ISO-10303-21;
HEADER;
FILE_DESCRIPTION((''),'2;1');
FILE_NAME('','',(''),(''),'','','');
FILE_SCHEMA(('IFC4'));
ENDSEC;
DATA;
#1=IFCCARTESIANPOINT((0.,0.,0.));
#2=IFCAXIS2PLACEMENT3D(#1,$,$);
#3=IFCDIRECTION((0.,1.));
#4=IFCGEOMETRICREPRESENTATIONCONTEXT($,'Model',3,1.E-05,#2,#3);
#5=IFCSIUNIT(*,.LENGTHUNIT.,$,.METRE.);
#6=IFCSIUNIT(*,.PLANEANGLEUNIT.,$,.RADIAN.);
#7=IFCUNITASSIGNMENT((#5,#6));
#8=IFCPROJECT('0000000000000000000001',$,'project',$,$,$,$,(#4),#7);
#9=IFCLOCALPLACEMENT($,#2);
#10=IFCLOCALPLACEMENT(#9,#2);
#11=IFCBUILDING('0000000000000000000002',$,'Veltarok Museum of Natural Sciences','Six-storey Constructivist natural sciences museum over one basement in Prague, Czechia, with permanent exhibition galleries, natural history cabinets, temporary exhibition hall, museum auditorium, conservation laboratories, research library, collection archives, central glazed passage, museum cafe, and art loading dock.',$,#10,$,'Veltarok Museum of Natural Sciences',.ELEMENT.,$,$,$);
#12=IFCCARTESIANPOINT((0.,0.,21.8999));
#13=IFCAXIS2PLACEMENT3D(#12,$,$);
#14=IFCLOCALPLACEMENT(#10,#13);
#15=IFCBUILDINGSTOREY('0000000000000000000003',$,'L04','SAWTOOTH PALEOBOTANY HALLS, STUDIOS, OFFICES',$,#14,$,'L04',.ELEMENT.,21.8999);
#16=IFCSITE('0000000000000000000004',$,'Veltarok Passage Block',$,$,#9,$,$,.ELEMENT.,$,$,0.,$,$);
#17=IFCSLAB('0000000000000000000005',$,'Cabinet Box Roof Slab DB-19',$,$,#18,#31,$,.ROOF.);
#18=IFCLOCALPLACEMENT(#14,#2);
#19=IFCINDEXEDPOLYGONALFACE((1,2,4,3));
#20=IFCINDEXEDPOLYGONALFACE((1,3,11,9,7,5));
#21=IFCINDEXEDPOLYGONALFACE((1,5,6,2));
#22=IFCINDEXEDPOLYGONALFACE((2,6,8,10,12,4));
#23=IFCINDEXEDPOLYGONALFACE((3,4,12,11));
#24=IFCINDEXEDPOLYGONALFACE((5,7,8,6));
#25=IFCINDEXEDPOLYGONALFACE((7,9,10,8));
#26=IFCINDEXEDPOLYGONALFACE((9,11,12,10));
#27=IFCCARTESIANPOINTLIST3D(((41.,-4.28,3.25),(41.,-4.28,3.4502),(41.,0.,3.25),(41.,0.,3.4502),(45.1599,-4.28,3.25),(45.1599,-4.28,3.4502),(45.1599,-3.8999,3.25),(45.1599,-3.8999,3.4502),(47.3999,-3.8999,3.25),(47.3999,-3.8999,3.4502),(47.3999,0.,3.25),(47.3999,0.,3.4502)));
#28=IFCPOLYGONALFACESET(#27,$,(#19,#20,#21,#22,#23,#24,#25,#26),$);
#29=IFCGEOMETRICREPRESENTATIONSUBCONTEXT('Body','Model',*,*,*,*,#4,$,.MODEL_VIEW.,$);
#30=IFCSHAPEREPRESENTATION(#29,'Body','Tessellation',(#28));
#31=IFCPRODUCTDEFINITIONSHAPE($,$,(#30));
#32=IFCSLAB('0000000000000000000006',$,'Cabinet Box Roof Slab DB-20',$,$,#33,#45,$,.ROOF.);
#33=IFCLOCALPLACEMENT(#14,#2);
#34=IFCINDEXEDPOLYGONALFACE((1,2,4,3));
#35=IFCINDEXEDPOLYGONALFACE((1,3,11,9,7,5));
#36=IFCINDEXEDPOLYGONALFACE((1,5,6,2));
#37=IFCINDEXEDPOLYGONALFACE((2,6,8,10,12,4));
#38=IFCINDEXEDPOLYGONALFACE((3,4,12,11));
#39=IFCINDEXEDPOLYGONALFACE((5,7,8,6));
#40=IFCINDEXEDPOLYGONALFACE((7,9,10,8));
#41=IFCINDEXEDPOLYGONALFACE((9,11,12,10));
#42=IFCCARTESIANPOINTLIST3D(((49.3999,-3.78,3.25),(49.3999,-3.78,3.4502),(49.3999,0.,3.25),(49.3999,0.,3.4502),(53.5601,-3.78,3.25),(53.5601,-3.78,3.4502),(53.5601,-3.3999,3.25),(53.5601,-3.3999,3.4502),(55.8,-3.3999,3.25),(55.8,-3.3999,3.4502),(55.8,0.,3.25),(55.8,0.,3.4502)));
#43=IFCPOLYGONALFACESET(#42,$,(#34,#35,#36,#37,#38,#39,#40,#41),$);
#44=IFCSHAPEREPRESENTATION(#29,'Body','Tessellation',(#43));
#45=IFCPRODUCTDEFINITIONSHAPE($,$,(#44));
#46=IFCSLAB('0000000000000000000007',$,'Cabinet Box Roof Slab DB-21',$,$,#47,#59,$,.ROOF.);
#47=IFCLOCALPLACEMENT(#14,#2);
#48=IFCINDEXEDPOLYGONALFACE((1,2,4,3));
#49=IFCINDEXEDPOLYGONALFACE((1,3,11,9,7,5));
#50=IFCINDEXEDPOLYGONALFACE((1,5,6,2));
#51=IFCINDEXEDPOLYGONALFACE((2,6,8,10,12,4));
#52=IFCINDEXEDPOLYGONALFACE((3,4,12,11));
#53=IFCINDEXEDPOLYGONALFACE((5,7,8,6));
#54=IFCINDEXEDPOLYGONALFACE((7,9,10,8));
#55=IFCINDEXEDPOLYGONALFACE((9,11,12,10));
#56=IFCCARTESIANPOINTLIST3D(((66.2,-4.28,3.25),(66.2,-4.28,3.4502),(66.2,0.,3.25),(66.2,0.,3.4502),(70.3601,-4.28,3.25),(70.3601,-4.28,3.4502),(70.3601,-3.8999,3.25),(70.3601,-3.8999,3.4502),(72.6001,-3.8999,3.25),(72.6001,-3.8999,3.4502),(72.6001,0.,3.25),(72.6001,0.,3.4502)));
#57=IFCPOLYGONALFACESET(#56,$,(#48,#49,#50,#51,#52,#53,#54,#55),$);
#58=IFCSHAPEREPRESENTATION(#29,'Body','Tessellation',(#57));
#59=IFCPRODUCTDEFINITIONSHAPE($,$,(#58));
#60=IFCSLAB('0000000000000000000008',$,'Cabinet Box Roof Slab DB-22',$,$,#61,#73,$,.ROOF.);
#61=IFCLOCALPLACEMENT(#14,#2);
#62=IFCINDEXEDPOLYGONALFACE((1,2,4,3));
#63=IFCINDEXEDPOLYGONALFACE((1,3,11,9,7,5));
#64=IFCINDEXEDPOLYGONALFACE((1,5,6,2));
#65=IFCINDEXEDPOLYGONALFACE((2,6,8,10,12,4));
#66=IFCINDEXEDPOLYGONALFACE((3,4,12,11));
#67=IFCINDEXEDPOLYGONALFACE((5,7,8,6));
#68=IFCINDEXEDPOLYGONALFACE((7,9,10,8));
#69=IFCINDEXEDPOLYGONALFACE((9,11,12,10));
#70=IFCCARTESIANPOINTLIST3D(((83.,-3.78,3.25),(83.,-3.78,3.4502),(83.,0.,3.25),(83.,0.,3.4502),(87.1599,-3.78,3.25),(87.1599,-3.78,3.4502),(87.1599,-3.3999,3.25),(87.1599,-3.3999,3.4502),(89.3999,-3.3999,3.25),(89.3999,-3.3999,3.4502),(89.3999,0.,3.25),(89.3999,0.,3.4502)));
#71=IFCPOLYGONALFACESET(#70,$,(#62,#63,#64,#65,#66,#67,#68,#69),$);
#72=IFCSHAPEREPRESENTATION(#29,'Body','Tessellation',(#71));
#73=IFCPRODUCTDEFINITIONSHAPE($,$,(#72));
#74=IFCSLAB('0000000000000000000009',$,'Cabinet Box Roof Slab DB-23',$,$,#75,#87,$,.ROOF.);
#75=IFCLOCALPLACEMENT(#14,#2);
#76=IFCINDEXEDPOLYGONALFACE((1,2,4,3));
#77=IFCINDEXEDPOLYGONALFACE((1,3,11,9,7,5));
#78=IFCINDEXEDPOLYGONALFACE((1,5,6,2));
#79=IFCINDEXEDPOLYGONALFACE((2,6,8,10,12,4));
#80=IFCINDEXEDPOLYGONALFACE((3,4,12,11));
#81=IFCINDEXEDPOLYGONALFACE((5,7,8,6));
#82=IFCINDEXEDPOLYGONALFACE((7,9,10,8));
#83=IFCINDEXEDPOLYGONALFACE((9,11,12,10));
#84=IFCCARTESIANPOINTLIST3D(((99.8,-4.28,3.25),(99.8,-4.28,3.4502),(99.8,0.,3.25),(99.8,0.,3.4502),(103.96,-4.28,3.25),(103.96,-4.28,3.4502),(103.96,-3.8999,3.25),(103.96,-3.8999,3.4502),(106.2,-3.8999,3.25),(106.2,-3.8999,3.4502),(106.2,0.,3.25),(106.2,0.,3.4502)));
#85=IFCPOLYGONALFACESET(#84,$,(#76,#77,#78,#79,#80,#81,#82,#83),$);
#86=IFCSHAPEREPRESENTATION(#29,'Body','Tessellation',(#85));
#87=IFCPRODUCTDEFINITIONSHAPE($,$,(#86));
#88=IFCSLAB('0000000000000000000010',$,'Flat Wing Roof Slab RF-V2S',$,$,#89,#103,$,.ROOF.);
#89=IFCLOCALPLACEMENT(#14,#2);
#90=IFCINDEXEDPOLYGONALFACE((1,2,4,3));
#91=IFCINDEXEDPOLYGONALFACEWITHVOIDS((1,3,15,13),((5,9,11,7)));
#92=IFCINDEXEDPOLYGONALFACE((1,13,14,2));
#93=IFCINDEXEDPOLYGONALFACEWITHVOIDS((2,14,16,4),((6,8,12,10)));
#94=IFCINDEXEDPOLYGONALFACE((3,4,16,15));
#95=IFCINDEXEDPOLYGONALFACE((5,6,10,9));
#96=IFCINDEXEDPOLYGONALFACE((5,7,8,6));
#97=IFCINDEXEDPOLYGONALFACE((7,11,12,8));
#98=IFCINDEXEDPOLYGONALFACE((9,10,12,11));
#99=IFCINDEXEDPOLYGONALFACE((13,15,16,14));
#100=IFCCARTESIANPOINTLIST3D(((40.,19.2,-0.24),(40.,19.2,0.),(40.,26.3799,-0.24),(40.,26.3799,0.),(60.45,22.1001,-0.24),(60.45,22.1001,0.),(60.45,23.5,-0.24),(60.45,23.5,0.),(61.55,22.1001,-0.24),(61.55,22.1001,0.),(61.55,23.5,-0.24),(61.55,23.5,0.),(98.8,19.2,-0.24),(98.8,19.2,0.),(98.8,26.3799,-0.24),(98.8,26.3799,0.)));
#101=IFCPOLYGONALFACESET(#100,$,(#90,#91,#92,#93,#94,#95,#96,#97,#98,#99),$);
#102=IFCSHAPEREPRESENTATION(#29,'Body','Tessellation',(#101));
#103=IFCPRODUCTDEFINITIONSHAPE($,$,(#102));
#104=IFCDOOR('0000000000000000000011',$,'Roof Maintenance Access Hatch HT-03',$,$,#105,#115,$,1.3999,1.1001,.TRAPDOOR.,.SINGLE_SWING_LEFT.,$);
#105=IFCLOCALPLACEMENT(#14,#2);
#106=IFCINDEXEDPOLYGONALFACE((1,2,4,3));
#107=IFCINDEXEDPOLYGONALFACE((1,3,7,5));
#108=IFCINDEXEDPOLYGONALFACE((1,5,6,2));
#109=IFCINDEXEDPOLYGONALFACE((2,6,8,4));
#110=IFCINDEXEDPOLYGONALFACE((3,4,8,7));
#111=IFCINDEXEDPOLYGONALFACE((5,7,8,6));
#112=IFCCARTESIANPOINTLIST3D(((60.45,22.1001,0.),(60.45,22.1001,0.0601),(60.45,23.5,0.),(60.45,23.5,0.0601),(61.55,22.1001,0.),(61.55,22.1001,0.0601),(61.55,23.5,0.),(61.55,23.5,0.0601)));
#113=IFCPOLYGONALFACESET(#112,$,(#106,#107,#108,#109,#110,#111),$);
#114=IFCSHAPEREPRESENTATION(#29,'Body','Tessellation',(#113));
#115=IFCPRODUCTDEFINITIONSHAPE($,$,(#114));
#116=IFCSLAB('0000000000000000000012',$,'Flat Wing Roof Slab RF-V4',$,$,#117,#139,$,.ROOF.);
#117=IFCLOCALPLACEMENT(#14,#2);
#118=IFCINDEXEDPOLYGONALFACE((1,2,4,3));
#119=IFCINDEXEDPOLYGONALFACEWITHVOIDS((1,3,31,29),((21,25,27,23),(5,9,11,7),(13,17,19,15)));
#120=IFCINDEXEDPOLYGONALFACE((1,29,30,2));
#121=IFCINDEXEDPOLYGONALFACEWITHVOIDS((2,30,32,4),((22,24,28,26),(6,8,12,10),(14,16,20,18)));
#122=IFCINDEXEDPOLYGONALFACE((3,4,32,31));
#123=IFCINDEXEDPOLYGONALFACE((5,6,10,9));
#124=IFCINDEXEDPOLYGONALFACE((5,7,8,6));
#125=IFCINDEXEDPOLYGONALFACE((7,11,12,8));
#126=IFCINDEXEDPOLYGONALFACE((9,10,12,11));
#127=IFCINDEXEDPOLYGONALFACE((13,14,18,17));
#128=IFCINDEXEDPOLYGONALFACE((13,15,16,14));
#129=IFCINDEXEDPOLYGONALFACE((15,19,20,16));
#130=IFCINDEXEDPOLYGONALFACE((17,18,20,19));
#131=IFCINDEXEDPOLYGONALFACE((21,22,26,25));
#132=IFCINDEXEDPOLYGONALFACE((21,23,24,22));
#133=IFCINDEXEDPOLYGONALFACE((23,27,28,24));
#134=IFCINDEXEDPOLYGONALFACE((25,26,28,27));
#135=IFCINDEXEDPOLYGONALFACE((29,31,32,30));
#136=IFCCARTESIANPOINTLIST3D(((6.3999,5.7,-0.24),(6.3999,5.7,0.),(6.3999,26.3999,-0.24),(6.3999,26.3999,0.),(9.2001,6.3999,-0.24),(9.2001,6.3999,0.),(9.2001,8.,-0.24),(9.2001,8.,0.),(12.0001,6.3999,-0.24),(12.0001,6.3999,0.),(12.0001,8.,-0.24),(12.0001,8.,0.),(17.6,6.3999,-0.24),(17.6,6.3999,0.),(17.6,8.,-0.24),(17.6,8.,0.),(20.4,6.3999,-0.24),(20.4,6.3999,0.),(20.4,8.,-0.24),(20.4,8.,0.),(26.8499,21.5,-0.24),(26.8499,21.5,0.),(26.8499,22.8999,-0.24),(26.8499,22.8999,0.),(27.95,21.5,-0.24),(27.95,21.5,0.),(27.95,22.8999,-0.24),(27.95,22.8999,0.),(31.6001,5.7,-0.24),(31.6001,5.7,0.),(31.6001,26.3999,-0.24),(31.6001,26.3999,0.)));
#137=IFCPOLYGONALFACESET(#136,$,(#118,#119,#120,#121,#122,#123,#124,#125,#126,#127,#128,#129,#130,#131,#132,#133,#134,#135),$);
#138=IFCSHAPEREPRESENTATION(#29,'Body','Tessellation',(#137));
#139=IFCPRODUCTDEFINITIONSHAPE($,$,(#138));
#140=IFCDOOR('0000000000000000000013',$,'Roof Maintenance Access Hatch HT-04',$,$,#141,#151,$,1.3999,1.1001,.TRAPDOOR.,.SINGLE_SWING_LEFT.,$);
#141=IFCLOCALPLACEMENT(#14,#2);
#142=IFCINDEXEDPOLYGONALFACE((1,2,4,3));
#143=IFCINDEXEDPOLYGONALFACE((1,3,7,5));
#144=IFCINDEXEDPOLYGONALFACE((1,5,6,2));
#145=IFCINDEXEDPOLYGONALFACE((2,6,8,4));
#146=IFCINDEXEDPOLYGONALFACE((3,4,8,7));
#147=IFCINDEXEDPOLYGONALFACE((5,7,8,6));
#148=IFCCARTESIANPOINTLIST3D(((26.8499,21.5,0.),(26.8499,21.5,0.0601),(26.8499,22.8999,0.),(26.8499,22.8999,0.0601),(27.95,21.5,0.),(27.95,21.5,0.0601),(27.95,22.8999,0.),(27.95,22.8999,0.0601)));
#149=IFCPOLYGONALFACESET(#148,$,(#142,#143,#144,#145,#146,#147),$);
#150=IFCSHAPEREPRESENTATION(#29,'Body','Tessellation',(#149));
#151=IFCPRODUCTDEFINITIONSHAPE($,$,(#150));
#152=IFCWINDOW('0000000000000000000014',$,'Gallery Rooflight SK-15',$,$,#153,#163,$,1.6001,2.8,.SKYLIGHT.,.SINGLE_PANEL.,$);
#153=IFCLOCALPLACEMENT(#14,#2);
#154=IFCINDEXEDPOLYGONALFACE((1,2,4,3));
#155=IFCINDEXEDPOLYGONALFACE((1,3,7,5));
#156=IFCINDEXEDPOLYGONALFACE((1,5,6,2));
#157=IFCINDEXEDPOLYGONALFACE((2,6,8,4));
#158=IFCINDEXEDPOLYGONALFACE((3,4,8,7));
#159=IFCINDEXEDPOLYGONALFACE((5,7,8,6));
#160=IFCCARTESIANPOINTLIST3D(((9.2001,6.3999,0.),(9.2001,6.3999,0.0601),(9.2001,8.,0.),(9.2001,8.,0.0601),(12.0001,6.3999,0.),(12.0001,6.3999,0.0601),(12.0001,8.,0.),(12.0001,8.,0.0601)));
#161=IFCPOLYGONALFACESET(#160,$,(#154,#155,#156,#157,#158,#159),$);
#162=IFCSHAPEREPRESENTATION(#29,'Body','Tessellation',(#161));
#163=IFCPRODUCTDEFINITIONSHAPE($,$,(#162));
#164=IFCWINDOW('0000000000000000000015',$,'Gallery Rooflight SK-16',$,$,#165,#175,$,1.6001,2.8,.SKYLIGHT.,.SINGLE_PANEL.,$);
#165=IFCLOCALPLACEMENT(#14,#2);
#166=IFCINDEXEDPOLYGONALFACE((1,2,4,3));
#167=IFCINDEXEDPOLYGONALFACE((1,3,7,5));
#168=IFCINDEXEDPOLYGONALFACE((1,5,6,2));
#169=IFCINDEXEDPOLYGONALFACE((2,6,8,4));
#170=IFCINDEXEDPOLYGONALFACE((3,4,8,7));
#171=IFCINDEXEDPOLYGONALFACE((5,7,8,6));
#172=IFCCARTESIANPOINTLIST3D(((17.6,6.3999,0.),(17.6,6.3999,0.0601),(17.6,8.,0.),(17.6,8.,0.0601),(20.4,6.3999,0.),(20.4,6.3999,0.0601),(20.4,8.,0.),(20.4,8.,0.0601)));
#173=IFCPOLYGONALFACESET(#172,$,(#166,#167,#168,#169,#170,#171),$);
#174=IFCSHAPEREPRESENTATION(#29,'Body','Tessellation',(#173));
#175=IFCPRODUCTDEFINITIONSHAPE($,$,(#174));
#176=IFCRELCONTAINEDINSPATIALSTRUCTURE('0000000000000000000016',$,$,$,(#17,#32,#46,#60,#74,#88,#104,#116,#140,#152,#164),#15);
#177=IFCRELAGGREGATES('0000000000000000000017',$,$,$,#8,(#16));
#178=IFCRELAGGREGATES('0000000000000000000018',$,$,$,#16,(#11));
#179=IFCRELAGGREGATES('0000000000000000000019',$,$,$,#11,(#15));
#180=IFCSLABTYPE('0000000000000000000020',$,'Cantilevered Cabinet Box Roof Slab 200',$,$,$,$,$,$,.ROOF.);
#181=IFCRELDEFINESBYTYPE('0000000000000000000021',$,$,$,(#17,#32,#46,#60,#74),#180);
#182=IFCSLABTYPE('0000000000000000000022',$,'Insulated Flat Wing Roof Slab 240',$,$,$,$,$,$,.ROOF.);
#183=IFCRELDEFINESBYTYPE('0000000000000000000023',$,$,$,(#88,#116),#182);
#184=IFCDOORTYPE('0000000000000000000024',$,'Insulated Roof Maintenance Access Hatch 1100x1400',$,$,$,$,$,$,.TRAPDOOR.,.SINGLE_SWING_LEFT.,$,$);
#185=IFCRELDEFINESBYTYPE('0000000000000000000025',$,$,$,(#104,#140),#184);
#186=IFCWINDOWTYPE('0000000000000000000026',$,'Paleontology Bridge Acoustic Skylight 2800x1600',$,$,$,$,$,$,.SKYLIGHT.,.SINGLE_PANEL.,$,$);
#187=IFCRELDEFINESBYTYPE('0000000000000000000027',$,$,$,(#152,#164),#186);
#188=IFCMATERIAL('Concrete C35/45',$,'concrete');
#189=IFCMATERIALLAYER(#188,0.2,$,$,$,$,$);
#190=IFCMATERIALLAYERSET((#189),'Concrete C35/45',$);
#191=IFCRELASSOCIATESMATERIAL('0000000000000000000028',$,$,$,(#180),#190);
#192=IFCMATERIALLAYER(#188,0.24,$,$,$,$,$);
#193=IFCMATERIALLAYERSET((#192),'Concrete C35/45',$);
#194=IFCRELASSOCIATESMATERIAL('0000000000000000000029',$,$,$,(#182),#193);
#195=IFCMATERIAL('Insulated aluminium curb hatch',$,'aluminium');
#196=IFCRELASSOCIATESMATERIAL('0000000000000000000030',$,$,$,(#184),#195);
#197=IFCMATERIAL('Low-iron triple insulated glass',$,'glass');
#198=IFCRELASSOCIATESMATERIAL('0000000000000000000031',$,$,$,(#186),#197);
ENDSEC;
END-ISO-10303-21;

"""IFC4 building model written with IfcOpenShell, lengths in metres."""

from ifc_helpers import new_model, si_unit, direction, frame, origin, origin_2d, place, context, subcontext, project, spatial, polyline, rectangle, outline, extrude, material, layer, layer_set, type_object, element, fill, save


model = new_model("IFC4")

# Units and contexts
model_context = context("Model", 3, precision=1e-05, world=origin(), true_north=direction((0.0, 1.0)))
body_context = subcontext(model_context, "Body", "Model", "MODEL_VIEW")
ifc_project = project(units=[si_unit("LENGTHUNIT", "METRE"), si_unit("PLANEANGLEUNIT", "RADIAN")], contexts=[model_context])

# Site, building, storey
site_placement = place(None, origin())
site = spatial("IfcSite", under=ifc_project, at=site_placement, Name="Veltarok Passage Block", CompositionType="ELEMENT", RefElevation=0.0)
building_placement = place(site_placement, origin())
building = spatial("IfcBuilding", under=site, at=building_placement, Name="Veltarok Museum of Natural Sciences", Description="Six-storey Constructivist natural sciences museum over one basement in Prague, Czechia, with permanent exhibition galleries, natural history cabinets, temporary exhibition hall, museum auditorium, conservation laboratories, research library, collection archives, central glazed passage, museum cafe, and art loading dock.", LongName="Veltarok Museum of Natural Sciences", CompositionType="ELEMENT")
storey_placement = place(building_placement, frame((0.0, 0.0, 21.8999)))
storey = spatial("IfcBuildingStorey", under=building, at=storey_placement, Name="L04", Description="SAWTOOTH PALEOBOTANY HALLS, STUDIOS, OFFICES", LongName="L04", CompositionType="ELEMENT", Elevation=21.8999)

# Slabs
ifc_material_1 = material(Name="Concrete C35/45", Category="concrete")
ifc_layer_1 = layer(ifc_material_1, 0.2)
ifc_layer_set_1 = layer_set([ifc_layer_1], Name="Concrete C35/45")
slab_type_1 = type_object("IfcSlabType", Name="Cantilevered Cabinet Box Roof Slab 200", PredefinedType="ROOF", material=ifc_layer_set_1)
slab_1_placement = place(storey_placement, frame((0.0, 0.0, 3.25)))
element("IfcSlab", 1, at=slab_1_placement, inside=storey, type_object=slab_type_1, Name="Cabinet Box Roof Slab DB-19", PredefinedType="ROOF", context=body_context, shape_type="SweptSolid", body=[
    extrude(outline(polyline([(41.0, -4.28), (45.1599, -4.28), (45.1599, -3.8999), (47.3999, -3.8999), (47.3999, 0.0), (41.0, 0.0), (41.0, -4.28)])), origin(), (0.0, 0.0, 1.0), 0.2002),
])
slab_2_placement = place(storey_placement, frame((0.0, 0.0, 3.25)))
element("IfcSlab", 2, at=slab_2_placement, inside=storey, type_object=slab_type_1, Name="Cabinet Box Roof Slab DB-20", PredefinedType="ROOF", context=body_context, shape_type="SweptSolid", body=[
    extrude(outline(polyline([(49.3999, -3.78), (53.5601, -3.78), (53.5601, -3.3999), (55.8, -3.3999), (55.8, 0.0), (49.3999, 0.0), (49.3999, -3.78)])), origin(), (0.0, 0.0, 1.0), 0.2002),
])
slab_3_placement = place(storey_placement, frame((0.0, 0.0, 3.25)))
element("IfcSlab", 3, at=slab_3_placement, inside=storey, type_object=slab_type_1, Name="Cabinet Box Roof Slab DB-21", PredefinedType="ROOF", context=body_context, shape_type="SweptSolid", body=[
    extrude(outline(polyline([(66.2, -4.28), (70.3601, -4.28), (70.3601, -3.8999), (72.6001, -3.8999), (72.6001, 0.0), (66.2, 0.0), (66.2, -4.28)])), origin(), (0.0, 0.0, 1.0), 0.2002),
])
slab_4_placement = place(storey_placement, frame((0.0, 0.0, 3.25)))
element("IfcSlab", 4, at=slab_4_placement, inside=storey, type_object=slab_type_1, Name="Cabinet Box Roof Slab DB-22", PredefinedType="ROOF", context=body_context, shape_type="SweptSolid", body=[
    extrude(outline(polyline([(83.0, -3.78), (87.1599, -3.78), (87.1599, -3.3999), (89.3999, -3.3999), (89.3999, 0.0), (83.0, 0.0), (83.0, -3.78)])), origin(), (0.0, 0.0, 1.0), 0.2002),
])
slab_5_placement = place(storey_placement, frame((0.0, 0.0, 3.25)))
element("IfcSlab", 5, at=slab_5_placement, inside=storey, type_object=slab_type_1, Name="Cabinet Box Roof Slab DB-23", PredefinedType="ROOF", context=body_context, shape_type="SweptSolid", body=[
    extrude(outline(polyline([(99.8, -4.28), (103.96, -4.28), (103.96, -3.8999), (106.2, -3.8999), (106.2, 0.0), (99.8, 0.0), (99.8, -4.28)])), origin(), (0.0, 0.0, 1.0), 0.2002),
])

# Slab, opening, door
ifc_layer_2 = layer(ifc_material_1, 0.24)
ifc_layer_set_2 = layer_set([ifc_layer_2], Name="Concrete C35/45")
slab_type_2 = type_object("IfcSlabType", Name="Insulated Flat Wing Roof Slab 240", PredefinedType="ROOF", material=ifc_layer_set_2)
slab_6_placement = place(storey_placement, frame((0.0, 0.0, -0.24)))
slab_6 = element("IfcSlab", 6, at=slab_6_placement, inside=storey, type_object=slab_type_2, Name="Flat Wing Roof Slab RF-V2S", PredefinedType="ROOF", context=body_context, shape_type="SweptSolid", body=[
    extrude(outline(polyline([(40.0, 19.2), (40.0, 26.3799), (98.8, 26.3799), (98.8, 19.2), (40.0, 19.2)])), origin(), (0.0, 0.0, 1.0), 0.24),
])
opening_1_placement = place(slab_6_placement, frame((61.0, 22.8, -0.01)))
opening_1 = element("IfcOpeningElement", 7, at=opening_1_placement, cuts=slab_6, PredefinedType="OPENING", context=body_context, shape_type="SweptSolid", body=[
    extrude(rectangle(XDim=1.1001, YDim=1.3999, at=origin_2d()), origin(), (0.0, 0.0, 1.0), 0.3201),
])
ifc_material_2 = material(Name="Insulated aluminium curb hatch", Category="aluminium")
door_type = type_object("IfcDoorType", Name="Insulated Roof Maintenance Access Hatch 1100x1400", OperationType="SINGLE_SWING_LEFT", PredefinedType="TRAPDOOR", material=ifc_material_2)
door_1_placement = place(slab_6_placement, frame((61.0, 22.8, 0.24)))
door_1 = element("IfcDoor", 8, at=door_1_placement, inside=storey, type_object=door_type, Name="Roof Maintenance Access Hatch HT-03", OperationType="SINGLE_SWING_LEFT", OverallHeight=1.3999, OverallWidth=1.1001, PredefinedType="TRAPDOOR", context=body_context, shape_type="SweptSolid", body=[
    extrude(rectangle(XDim=1.1001, YDim=1.3999, at=origin_2d()), origin(), (0.0, 0.0, 1.0), 0.0601),
])
fill(opening_1, door_1)

# Slab, openings, door, windows
slab_7_placement = place(storey_placement, frame((0.0, 0.0, -0.24)))
slab_7 = element("IfcSlab", 9, at=slab_7_placement, inside=storey, type_object=slab_type_2, Name="Flat Wing Roof Slab RF-V4", PredefinedType="ROOF", context=body_context, shape_type="SweptSolid", body=[
    extrude(outline(polyline([(6.3999, 5.7), (6.3999, 26.3999), (31.6001, 26.3999), (31.6001, 5.7), (6.3999, 5.7)])), origin(), (0.0, 0.0, 1.0), 0.24),
])
opening_2_placement = place(slab_7_placement, frame((10.6001, 7.2, -0.01)))
opening_2 = element("IfcOpeningElement", 10, at=opening_2_placement, cuts=slab_7, PredefinedType="OPENING", context=body_context, shape_type="SweptSolid", body=[
    extrude(rectangle(XDim=2.8, YDim=1.6001, at=origin_2d()), origin(), (0.0, 0.0, 1.0), 0.3201),
])
opening_3_placement = place(slab_7_placement, frame((19.0, 7.2, -0.01)))
opening_3 = element("IfcOpeningElement", 11, at=opening_3_placement, cuts=slab_7, PredefinedType="OPENING", context=body_context, shape_type="SweptSolid", body=[
    extrude(rectangle(XDim=2.8, YDim=1.6001, at=origin_2d()), origin(), (0.0, 0.0, 1.0), 0.3201),
])
opening_4_placement = place(slab_7_placement, frame((27.3999, 22.2, -0.01)))
opening_4 = element("IfcOpeningElement", 12, at=opening_4_placement, cuts=slab_7, PredefinedType="OPENING", context=body_context, shape_type="SweptSolid", body=[
    extrude(rectangle(XDim=1.1001, YDim=1.3999, at=origin_2d()), origin(), (0.0, 0.0, 1.0), 0.3201),
])
door_2_placement = place(slab_7_placement, frame((27.3999, 22.2, 0.24)))
door_2 = element("IfcDoor", 13, at=door_2_placement, inside=storey, type_object=door_type, Name="Roof Maintenance Access Hatch HT-04", OperationType="SINGLE_SWING_LEFT", OverallHeight=1.3999, OverallWidth=1.1001, PredefinedType="TRAPDOOR", context=body_context, shape_type="SweptSolid", body=[
    extrude(rectangle(XDim=1.1001, YDim=1.3999, at=origin_2d()), origin(), (0.0, 0.0, 1.0), 0.0601),
])
fill(opening_4, door_2)
ifc_material_3 = material(Name="Low-iron triple insulated glass", Category="glass")
window_type = type_object("IfcWindowType", Name="Paleontology Bridge Acoustic Skylight 2800x1600", PartitioningType="SINGLE_PANEL", PredefinedType="SKYLIGHT", material=ifc_material_3)
window_1_placement = place(slab_7_placement, frame((10.6001, 7.2, 0.24)))
window_1 = element("IfcWindow", 14, at=window_1_placement, inside=storey, type_object=window_type, Name="Gallery Rooflight SK-15", OverallHeight=1.6001, OverallWidth=2.8, PartitioningType="SINGLE_PANEL", PredefinedType="SKYLIGHT", context=body_context, shape_type="SweptSolid", body=[
    extrude(rectangle(XDim=2.8, YDim=1.6001, at=origin_2d()), origin(), (0.0, 0.0, 1.0), 0.0601),
])
fill(opening_2, window_1)
window_2_placement = place(slab_7_placement, frame((19.0, 7.2, 0.24)))
window_2 = element("IfcWindow", 15, at=window_2_placement, inside=storey, type_object=window_type, Name="Gallery Rooflight SK-16", OverallHeight=1.6001, OverallWidth=2.8, PartitioningType="SINGLE_PANEL", PredefinedType="SKYLIGHT", context=body_context, shape_type="SweptSolid", body=[
    extrude(rectangle(XDim=2.8, YDim=1.6001, at=origin_2d()), origin(), (0.0, 0.0, 1.0), 0.0601),
])
fill(opening_3, window_2)

save(model, "model.ifc")
